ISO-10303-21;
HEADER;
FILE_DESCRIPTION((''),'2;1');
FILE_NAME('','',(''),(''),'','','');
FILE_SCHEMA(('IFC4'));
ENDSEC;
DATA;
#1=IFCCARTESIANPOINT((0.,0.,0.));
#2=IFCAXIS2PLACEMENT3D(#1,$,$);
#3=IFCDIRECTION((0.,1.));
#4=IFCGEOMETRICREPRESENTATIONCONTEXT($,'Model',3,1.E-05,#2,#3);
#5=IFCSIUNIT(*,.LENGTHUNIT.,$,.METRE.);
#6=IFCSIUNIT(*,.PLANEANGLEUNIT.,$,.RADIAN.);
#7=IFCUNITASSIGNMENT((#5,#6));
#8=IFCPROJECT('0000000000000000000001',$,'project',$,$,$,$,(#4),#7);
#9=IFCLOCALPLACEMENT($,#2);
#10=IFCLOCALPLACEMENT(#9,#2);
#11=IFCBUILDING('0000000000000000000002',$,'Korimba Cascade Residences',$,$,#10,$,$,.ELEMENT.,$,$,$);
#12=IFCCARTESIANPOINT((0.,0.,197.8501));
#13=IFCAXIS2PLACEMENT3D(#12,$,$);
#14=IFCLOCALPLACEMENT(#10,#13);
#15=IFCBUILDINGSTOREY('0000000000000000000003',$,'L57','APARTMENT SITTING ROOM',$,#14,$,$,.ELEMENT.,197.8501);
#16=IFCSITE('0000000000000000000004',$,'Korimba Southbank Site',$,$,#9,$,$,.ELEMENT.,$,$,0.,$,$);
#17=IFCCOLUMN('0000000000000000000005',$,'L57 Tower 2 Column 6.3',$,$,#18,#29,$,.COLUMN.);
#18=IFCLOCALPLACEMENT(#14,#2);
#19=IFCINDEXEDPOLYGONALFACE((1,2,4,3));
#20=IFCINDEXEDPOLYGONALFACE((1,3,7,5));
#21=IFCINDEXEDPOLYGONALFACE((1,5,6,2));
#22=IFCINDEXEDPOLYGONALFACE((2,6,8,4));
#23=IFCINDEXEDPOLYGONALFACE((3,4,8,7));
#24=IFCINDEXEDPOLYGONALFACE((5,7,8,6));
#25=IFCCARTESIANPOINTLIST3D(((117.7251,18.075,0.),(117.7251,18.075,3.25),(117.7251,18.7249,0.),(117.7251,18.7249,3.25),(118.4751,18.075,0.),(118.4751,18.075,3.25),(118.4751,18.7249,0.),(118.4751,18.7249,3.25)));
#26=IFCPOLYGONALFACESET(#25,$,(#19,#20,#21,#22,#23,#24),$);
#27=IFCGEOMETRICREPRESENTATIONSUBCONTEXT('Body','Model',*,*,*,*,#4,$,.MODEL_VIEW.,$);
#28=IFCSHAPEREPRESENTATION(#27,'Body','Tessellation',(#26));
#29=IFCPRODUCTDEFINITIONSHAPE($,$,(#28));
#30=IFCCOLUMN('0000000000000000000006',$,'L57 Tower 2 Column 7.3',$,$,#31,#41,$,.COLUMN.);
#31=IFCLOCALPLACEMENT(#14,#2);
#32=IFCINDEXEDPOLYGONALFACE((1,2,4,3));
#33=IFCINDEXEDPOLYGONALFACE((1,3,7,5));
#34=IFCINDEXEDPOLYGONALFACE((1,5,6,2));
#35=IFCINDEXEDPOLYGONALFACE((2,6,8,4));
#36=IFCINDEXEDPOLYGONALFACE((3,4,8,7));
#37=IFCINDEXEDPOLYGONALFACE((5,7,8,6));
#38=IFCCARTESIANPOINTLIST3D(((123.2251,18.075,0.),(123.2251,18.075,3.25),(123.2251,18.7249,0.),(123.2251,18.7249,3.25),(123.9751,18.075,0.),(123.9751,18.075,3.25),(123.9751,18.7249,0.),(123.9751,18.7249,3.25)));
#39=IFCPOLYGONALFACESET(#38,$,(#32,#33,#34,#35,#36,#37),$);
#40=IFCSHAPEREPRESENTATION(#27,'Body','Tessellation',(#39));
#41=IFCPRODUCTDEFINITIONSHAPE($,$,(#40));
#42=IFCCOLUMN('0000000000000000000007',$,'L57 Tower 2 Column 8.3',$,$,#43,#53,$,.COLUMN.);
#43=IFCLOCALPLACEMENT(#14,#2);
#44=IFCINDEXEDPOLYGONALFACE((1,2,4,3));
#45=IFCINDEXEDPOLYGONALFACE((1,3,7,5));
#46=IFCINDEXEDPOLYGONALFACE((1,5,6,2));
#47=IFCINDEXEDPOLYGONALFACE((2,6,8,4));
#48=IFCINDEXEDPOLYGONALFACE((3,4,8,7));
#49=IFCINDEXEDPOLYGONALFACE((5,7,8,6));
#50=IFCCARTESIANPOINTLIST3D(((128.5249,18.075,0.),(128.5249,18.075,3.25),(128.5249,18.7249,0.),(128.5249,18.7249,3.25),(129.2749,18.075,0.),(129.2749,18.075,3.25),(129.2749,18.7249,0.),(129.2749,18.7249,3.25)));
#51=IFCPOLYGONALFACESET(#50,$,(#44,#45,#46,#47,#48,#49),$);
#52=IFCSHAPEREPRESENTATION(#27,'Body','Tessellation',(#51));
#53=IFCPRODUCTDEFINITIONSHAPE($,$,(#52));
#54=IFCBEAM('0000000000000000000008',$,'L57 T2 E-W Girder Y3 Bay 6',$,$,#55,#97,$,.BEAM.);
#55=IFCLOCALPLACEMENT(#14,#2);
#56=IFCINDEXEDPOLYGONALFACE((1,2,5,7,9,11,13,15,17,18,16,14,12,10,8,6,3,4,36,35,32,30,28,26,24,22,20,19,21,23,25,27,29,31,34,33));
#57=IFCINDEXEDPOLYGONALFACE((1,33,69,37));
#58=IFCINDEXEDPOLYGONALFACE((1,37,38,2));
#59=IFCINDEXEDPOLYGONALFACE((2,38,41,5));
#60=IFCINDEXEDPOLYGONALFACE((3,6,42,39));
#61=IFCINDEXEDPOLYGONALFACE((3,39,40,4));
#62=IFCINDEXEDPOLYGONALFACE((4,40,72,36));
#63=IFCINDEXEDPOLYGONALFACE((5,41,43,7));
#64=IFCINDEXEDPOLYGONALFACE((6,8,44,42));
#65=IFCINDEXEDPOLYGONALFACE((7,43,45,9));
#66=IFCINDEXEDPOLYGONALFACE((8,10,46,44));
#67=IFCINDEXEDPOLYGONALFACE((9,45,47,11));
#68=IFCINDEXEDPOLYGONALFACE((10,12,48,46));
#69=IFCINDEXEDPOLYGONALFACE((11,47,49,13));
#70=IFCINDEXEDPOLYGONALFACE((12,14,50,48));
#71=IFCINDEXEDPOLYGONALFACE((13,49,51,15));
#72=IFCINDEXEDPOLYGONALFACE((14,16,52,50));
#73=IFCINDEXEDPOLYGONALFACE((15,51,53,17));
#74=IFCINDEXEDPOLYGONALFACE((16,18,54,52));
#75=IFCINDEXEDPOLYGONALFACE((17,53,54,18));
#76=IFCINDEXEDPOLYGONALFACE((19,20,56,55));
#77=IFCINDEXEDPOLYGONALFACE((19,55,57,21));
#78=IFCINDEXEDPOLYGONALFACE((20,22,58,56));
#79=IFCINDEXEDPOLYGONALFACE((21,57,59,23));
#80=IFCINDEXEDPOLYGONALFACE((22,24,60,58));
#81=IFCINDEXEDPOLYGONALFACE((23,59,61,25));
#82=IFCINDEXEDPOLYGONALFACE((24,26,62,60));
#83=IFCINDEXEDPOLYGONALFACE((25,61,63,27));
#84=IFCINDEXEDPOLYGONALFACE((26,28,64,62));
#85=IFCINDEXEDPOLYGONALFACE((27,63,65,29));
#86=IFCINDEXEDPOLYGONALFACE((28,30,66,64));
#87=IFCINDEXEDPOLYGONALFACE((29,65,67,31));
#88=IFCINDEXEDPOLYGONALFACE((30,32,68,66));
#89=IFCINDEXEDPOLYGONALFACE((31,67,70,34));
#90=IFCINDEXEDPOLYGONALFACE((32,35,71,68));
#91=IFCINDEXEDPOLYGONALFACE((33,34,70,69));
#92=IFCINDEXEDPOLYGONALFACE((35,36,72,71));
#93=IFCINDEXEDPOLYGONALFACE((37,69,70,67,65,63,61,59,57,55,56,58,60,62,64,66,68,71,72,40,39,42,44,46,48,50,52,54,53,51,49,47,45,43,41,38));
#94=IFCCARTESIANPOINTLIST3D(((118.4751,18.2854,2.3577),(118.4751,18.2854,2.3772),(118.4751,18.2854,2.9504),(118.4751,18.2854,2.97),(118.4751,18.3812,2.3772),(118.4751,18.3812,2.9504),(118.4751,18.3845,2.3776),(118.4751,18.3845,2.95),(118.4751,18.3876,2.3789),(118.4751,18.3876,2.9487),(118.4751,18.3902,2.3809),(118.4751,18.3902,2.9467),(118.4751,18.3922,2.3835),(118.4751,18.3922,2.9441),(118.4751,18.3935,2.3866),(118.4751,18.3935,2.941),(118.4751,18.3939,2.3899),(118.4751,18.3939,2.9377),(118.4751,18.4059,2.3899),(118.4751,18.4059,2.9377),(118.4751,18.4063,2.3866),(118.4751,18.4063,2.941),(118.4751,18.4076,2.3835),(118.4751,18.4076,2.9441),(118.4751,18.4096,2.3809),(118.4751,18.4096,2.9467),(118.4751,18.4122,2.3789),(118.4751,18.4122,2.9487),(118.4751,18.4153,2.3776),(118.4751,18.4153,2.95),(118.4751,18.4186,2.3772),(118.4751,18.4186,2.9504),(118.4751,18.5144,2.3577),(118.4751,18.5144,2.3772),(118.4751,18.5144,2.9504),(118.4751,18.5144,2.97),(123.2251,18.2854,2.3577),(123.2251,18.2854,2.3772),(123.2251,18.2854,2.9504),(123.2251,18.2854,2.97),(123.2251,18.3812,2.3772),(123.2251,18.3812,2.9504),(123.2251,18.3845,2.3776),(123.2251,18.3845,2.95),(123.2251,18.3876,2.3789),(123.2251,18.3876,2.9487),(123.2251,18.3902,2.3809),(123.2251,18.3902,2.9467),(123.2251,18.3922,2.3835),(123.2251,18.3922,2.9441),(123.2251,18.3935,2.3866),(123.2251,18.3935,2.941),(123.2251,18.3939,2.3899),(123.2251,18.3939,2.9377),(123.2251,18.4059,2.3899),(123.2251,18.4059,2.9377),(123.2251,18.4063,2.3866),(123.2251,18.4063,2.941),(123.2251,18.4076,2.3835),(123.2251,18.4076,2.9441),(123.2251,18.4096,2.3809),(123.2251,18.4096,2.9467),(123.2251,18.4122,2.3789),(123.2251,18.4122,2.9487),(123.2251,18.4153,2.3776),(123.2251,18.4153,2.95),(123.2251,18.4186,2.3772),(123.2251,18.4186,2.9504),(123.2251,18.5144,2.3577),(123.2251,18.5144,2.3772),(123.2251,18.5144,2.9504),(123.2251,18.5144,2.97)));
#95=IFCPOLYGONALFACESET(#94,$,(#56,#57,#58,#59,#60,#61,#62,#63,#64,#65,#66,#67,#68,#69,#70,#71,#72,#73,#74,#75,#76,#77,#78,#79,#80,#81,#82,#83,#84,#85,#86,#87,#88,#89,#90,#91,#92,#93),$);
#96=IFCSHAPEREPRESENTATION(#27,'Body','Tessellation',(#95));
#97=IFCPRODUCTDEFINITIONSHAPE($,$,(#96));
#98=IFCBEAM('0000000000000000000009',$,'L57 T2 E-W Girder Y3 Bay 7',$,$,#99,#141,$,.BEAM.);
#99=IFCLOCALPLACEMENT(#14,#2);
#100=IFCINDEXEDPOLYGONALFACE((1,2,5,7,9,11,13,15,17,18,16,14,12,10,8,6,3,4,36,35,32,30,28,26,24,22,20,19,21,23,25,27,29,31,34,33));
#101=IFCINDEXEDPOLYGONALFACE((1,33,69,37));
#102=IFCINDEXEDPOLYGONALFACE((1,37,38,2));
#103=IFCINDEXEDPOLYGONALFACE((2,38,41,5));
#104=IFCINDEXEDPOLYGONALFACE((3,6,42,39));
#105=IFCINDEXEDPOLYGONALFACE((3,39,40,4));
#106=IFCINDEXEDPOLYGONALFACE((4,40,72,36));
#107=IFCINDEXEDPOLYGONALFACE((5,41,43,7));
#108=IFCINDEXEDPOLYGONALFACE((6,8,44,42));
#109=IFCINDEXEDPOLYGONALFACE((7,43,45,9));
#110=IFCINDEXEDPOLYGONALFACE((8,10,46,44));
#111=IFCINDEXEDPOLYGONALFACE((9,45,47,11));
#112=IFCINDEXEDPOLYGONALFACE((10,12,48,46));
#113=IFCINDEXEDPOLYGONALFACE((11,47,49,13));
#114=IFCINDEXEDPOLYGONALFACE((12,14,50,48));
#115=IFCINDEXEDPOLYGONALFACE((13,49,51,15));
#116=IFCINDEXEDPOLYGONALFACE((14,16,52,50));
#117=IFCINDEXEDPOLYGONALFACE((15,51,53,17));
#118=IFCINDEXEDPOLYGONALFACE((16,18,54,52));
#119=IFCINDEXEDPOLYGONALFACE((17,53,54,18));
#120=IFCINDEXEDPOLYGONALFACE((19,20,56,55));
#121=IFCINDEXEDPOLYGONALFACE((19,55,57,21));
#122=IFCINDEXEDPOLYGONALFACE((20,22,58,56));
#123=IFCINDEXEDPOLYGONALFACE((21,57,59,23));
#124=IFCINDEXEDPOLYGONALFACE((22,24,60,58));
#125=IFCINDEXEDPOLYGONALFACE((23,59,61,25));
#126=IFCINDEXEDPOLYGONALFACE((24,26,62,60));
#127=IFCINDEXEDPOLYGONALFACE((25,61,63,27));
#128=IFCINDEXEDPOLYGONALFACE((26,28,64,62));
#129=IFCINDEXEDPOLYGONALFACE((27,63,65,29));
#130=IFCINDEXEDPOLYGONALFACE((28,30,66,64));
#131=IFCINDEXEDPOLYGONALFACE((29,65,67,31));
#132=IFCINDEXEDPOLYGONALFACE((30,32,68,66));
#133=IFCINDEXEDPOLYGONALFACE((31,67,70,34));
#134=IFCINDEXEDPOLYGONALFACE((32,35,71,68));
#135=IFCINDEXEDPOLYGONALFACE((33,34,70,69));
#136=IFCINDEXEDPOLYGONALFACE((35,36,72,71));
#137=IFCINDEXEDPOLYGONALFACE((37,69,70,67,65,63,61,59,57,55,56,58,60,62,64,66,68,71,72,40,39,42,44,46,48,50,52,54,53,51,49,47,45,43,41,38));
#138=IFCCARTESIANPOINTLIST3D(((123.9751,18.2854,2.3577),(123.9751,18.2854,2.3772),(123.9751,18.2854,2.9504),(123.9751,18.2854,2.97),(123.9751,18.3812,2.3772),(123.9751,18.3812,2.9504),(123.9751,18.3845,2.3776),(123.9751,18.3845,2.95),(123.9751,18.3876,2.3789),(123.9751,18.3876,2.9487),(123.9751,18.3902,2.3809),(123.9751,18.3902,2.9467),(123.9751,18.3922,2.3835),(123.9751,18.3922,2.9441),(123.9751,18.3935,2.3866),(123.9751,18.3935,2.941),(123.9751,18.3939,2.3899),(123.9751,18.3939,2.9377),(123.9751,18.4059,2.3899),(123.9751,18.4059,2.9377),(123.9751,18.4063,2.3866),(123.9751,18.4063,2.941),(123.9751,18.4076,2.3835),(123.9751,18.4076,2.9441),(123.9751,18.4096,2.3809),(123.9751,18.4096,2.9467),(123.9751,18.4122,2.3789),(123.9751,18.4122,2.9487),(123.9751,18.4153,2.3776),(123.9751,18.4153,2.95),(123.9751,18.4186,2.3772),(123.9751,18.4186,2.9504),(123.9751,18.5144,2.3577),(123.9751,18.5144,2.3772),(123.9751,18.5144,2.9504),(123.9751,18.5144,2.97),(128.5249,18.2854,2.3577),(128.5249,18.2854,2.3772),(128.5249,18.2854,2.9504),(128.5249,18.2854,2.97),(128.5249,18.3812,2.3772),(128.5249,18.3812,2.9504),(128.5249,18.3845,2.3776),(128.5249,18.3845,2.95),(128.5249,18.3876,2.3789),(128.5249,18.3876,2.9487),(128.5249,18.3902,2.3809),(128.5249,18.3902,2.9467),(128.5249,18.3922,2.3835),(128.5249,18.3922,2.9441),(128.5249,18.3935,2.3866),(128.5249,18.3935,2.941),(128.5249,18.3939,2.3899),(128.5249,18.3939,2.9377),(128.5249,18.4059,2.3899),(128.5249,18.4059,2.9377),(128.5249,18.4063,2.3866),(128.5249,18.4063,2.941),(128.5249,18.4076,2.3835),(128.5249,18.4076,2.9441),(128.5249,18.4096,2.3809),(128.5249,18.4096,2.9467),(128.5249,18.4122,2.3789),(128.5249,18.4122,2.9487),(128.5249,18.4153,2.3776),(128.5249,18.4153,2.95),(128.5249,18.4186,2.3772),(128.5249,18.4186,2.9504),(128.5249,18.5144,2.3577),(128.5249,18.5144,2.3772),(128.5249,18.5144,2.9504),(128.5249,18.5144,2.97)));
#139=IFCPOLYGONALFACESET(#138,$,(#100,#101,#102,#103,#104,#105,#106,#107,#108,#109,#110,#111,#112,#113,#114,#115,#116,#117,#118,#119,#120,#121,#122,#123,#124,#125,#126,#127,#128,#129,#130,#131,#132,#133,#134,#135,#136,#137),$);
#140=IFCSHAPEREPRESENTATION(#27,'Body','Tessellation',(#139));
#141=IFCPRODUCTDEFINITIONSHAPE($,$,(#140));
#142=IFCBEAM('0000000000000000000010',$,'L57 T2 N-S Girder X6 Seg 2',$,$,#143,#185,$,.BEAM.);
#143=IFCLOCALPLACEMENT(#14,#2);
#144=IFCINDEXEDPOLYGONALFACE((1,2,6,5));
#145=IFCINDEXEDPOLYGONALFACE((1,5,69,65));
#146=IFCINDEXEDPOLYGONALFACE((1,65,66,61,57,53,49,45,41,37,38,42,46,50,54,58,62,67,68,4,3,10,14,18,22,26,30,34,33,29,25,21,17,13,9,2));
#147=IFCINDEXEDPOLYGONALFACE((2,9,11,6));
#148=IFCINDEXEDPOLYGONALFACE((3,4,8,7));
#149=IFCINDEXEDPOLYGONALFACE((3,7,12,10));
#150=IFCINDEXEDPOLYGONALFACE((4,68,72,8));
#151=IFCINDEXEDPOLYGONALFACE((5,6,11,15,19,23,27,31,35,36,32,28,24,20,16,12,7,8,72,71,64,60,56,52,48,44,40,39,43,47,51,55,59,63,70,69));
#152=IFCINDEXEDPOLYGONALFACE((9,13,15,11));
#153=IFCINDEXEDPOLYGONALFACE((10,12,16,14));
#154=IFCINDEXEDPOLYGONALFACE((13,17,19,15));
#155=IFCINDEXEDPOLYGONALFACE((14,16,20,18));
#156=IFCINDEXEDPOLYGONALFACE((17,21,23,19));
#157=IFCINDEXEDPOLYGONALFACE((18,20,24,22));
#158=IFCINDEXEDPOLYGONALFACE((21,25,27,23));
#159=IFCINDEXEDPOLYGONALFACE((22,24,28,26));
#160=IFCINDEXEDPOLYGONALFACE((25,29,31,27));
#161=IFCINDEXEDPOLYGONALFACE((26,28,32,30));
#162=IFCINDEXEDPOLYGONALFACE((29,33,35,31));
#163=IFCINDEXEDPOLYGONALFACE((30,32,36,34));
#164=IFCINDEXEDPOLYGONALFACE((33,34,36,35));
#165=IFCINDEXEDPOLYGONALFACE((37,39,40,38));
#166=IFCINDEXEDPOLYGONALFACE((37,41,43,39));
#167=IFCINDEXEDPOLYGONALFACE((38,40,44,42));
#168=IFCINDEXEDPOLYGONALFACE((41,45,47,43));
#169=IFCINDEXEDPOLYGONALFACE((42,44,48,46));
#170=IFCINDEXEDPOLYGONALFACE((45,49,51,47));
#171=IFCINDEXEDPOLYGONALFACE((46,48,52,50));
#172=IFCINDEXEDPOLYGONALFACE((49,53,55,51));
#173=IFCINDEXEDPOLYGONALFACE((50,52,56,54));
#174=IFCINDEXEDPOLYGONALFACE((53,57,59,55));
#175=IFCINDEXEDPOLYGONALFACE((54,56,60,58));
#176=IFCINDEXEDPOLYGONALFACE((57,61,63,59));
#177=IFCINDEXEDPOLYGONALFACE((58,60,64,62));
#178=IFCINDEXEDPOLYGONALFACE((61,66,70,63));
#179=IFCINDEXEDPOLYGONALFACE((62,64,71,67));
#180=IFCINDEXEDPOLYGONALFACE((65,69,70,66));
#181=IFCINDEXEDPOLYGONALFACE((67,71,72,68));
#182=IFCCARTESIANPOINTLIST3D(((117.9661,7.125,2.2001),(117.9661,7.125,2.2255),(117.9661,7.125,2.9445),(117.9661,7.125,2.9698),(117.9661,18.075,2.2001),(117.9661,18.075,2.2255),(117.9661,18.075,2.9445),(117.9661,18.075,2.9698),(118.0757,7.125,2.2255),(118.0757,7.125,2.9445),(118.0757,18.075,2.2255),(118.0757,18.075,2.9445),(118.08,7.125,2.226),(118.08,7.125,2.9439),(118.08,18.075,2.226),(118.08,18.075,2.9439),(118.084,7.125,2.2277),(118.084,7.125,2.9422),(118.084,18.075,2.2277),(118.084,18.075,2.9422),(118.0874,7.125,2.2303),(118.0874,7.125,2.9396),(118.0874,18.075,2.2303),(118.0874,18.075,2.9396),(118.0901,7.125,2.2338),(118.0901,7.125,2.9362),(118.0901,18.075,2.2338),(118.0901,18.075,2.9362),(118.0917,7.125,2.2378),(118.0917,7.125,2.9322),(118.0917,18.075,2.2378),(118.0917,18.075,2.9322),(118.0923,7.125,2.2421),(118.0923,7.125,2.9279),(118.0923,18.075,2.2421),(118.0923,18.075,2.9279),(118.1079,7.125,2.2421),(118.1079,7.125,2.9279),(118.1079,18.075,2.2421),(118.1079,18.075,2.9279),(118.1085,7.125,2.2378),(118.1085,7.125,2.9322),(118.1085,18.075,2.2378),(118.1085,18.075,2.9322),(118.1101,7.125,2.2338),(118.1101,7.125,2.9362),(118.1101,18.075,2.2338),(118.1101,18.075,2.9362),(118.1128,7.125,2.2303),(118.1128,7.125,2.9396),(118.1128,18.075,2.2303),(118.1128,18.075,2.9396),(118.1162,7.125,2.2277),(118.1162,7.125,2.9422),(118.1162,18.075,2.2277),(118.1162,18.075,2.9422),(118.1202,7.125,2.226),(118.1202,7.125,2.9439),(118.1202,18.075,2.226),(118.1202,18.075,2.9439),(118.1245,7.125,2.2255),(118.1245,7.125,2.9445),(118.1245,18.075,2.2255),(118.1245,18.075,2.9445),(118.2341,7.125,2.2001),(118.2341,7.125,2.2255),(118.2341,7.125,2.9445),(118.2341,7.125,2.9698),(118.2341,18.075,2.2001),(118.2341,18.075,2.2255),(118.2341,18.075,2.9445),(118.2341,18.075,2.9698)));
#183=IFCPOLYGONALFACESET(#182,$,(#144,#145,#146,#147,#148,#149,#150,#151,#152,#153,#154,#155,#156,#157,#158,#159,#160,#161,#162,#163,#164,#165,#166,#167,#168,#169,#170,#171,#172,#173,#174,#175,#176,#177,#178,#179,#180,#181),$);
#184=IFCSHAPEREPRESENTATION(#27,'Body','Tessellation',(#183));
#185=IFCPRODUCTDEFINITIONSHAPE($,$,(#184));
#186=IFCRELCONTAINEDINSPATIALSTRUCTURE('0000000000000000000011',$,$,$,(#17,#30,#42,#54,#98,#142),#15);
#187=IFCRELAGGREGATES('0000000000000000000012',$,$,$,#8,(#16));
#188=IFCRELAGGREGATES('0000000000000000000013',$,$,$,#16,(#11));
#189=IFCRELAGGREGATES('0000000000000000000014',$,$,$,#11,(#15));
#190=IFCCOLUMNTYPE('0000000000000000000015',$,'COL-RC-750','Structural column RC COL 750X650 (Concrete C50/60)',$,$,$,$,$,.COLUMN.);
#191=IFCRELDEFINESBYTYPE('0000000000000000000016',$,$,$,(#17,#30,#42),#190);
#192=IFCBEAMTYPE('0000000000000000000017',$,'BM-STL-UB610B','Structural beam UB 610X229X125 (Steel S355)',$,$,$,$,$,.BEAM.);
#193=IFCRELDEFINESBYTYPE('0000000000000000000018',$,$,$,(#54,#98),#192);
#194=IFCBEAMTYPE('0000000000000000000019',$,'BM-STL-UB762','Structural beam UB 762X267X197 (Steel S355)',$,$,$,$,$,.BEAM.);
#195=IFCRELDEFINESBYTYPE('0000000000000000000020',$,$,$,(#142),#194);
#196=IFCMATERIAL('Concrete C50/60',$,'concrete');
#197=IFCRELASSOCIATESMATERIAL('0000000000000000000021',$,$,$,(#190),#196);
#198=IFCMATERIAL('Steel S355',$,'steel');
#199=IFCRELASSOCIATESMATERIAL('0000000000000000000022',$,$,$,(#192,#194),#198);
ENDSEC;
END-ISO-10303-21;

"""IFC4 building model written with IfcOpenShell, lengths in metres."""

from ifc_helpers import new_model, si_unit, direction, frame, origin, origin_2d, place, context, subcontext, project, spatial, rectangle, i_section, extrude, material, material_profile, profile_set, type_object, element, save


model = new_model("IFC4")

# Units and contexts
model_context = context("Model", 3, precision=1e-05, world=origin(), true_north=direction((0.0, 1.0)))
body_context = subcontext(model_context, "Body", "Model", "MODEL_VIEW")
ifc_project = project(units=[si_unit("LENGTHUNIT", "METRE"), si_unit("PLANEANGLEUNIT", "RADIAN")], contexts=[model_context])

# Site, building, storey
site_placement = place(None, origin())
site = spatial("IfcSite", under=ifc_project, at=site_placement, Name="Korimba Southbank Site", CompositionType="ELEMENT", RefElevation=0.0)
building_placement = place(site_placement, origin())
building = spatial("IfcBuilding", under=site, at=building_placement, Name="Korimba Cascade Residences", CompositionType="ELEMENT")
storey_placement = place(building_placement, frame((0.0, 0.0, 197.8501)))
storey = spatial("IfcBuildingStorey", under=building, at=storey_placement, Name="L57", Description="APARTMENT SITTING ROOM", CompositionType="ELEMENT", Elevation=197.8501)

# Columns
ifc_material_1 = material(Name="Concrete C50/60", Category="concrete")
ifc_material_profile_1 = material_profile(ifc_material_1, rectangle(XDim=0.75, YDim=0.6499, at=origin_2d()), Name="Concrete C50/60")
ifc_profile_set_1 = profile_set([ifc_material_profile_1], Name="Concrete C50/60")
column_type = type_object("IfcColumnType", Name="COL-RC-750", Description="Structural column RC COL 750X650 (Concrete C50/60)", PredefinedType="COLUMN", material=ifc_profile_set_1)
for number, where, z_axis, x_axis, name in (
    (1, (118.1001, 18.3999, 0.0), (0.0, 0.0, 1.0), (1.0, 0.0, 0.0), "L57 Tower 2 Column 6.3"),
    (2, (123.6001, 18.3999, 0.0), (0.0, 0.0, 1.0), (1.0, 0.0, 0.0), "L57 Tower 2 Column 7.3"),
    (3, (128.8999, 18.3999, 0.0), (0.0, 0.0, 1.0), (1.0, 0.0, 0.0), "L57 Tower 2 Column 8.3"),
):
    element("IfcColumn", number, at=place(storey_placement, frame(where, z_axis=z_axis, x_axis=x_axis)), inside=storey, type_object=column_type, Name=name, PredefinedType="COLUMN", context=body_context, shape_type="SweptSolid", body=[
        extrude(rectangle(XDim=0.75, YDim=0.6499, at=origin_2d()), origin(), (0.0, 0.0, 1.0), 3.25),
    ])

# Beams
ifc_material_2 = material(Name="Steel S355", Category="steel")
ifc_material_profile_2 = material_profile(ifc_material_2, i_section(OverallWidth=0.229, OverallDepth=0.6123, WebThickness=0.012, FlangeThickness=0.0195, FilletRadius=0.0127, at=origin_2d()), Name="Steel S355")
ifc_profile_set_2 = profile_set([ifc_material_profile_2], Name="Steel S355")
beam_type_1 = type_object("IfcBeamType", Name="BM-STL-UB610B", Description="Structural beam UB 610X229X125 (Steel S355)", PredefinedType="BEAM", material=ifc_profile_set_2)
beam_1_placement = place(storey_placement, frame((118.4751, 18.3999, 2.6638), z_axis=(1.0, 0.0, 0.0), x_axis=(0.0, 1.0, 0.0)))
element("IfcBeam", 4, at=beam_1_placement, inside=storey, type_object=beam_type_1, Name="L57 T2 E-W Girder Y3 Bay 6", PredefinedType="BEAM", context=body_context, shape_type="SweptSolid", body=[
    extrude(i_section(OverallWidth=0.229, OverallDepth=0.6123, WebThickness=0.012, FlangeThickness=0.0195, FilletRadius=0.0127, at=origin_2d()), origin(), (0.0, 0.0, 1.0), 4.75),
])
beam_2_placement = place(storey_placement, frame((123.9751, 18.3999, 2.6638), z_axis=(1.0, 0.0, 0.0), x_axis=(0.0, 1.0, 0.0)))
element("IfcBeam", 5, at=beam_2_placement, inside=storey, type_object=beam_type_1, Name="L57 T2 E-W Girder Y3 Bay 7", PredefinedType="BEAM", context=body_context, shape_type="SweptSolid", body=[
    extrude(i_section(OverallWidth=0.229, OverallDepth=0.6123, WebThickness=0.012, FlangeThickness=0.0195, FilletRadius=0.0127, at=origin_2d()), origin(), (0.0, 0.0, 1.0), 4.5498),
])
ifc_material_profile_3 = material_profile(ifc_material_2, i_section(OverallWidth=0.2681, OverallDepth=0.7698, WebThickness=0.0156, FlangeThickness=0.0254, FilletRadius=0.0166, at=origin_2d()), Name="Steel S355")
ifc_profile_set_3 = profile_set([ifc_material_profile_3], Name="Steel S355")
beam_type_2 = type_object("IfcBeamType", Name="BM-STL-UB762", Description="Structural beam UB 762X267X197 (Steel S355)", PredefinedType="BEAM", material=ifc_profile_set_3)
for number, where, z_axis, x_axis, name in (
    (6, (118.1001, 7.125, 2.585), (0.0, 1.0, 0.0), (-1.0, 0.0, 0.0), "L57 T2 N-S Girder X6 Seg 2"),
):
    element("IfcBeam", number, at=place(storey_placement, frame(where, z_axis=z_axis, x_axis=x_axis)), inside=storey, type_object=beam_type_2, Name=name, PredefinedType="BEAM", context=body_context, shape_type="SweptSolid", body=[
        extrude(i_section(OverallWidth=0.2681, OverallDepth=0.7698, WebThickness=0.0156, FlangeThickness=0.0254, FilletRadius=0.0166, at=origin_2d()), origin(), (0.0, 0.0, 1.0), 10.95),
    ])

save(model, "model.ifc")
